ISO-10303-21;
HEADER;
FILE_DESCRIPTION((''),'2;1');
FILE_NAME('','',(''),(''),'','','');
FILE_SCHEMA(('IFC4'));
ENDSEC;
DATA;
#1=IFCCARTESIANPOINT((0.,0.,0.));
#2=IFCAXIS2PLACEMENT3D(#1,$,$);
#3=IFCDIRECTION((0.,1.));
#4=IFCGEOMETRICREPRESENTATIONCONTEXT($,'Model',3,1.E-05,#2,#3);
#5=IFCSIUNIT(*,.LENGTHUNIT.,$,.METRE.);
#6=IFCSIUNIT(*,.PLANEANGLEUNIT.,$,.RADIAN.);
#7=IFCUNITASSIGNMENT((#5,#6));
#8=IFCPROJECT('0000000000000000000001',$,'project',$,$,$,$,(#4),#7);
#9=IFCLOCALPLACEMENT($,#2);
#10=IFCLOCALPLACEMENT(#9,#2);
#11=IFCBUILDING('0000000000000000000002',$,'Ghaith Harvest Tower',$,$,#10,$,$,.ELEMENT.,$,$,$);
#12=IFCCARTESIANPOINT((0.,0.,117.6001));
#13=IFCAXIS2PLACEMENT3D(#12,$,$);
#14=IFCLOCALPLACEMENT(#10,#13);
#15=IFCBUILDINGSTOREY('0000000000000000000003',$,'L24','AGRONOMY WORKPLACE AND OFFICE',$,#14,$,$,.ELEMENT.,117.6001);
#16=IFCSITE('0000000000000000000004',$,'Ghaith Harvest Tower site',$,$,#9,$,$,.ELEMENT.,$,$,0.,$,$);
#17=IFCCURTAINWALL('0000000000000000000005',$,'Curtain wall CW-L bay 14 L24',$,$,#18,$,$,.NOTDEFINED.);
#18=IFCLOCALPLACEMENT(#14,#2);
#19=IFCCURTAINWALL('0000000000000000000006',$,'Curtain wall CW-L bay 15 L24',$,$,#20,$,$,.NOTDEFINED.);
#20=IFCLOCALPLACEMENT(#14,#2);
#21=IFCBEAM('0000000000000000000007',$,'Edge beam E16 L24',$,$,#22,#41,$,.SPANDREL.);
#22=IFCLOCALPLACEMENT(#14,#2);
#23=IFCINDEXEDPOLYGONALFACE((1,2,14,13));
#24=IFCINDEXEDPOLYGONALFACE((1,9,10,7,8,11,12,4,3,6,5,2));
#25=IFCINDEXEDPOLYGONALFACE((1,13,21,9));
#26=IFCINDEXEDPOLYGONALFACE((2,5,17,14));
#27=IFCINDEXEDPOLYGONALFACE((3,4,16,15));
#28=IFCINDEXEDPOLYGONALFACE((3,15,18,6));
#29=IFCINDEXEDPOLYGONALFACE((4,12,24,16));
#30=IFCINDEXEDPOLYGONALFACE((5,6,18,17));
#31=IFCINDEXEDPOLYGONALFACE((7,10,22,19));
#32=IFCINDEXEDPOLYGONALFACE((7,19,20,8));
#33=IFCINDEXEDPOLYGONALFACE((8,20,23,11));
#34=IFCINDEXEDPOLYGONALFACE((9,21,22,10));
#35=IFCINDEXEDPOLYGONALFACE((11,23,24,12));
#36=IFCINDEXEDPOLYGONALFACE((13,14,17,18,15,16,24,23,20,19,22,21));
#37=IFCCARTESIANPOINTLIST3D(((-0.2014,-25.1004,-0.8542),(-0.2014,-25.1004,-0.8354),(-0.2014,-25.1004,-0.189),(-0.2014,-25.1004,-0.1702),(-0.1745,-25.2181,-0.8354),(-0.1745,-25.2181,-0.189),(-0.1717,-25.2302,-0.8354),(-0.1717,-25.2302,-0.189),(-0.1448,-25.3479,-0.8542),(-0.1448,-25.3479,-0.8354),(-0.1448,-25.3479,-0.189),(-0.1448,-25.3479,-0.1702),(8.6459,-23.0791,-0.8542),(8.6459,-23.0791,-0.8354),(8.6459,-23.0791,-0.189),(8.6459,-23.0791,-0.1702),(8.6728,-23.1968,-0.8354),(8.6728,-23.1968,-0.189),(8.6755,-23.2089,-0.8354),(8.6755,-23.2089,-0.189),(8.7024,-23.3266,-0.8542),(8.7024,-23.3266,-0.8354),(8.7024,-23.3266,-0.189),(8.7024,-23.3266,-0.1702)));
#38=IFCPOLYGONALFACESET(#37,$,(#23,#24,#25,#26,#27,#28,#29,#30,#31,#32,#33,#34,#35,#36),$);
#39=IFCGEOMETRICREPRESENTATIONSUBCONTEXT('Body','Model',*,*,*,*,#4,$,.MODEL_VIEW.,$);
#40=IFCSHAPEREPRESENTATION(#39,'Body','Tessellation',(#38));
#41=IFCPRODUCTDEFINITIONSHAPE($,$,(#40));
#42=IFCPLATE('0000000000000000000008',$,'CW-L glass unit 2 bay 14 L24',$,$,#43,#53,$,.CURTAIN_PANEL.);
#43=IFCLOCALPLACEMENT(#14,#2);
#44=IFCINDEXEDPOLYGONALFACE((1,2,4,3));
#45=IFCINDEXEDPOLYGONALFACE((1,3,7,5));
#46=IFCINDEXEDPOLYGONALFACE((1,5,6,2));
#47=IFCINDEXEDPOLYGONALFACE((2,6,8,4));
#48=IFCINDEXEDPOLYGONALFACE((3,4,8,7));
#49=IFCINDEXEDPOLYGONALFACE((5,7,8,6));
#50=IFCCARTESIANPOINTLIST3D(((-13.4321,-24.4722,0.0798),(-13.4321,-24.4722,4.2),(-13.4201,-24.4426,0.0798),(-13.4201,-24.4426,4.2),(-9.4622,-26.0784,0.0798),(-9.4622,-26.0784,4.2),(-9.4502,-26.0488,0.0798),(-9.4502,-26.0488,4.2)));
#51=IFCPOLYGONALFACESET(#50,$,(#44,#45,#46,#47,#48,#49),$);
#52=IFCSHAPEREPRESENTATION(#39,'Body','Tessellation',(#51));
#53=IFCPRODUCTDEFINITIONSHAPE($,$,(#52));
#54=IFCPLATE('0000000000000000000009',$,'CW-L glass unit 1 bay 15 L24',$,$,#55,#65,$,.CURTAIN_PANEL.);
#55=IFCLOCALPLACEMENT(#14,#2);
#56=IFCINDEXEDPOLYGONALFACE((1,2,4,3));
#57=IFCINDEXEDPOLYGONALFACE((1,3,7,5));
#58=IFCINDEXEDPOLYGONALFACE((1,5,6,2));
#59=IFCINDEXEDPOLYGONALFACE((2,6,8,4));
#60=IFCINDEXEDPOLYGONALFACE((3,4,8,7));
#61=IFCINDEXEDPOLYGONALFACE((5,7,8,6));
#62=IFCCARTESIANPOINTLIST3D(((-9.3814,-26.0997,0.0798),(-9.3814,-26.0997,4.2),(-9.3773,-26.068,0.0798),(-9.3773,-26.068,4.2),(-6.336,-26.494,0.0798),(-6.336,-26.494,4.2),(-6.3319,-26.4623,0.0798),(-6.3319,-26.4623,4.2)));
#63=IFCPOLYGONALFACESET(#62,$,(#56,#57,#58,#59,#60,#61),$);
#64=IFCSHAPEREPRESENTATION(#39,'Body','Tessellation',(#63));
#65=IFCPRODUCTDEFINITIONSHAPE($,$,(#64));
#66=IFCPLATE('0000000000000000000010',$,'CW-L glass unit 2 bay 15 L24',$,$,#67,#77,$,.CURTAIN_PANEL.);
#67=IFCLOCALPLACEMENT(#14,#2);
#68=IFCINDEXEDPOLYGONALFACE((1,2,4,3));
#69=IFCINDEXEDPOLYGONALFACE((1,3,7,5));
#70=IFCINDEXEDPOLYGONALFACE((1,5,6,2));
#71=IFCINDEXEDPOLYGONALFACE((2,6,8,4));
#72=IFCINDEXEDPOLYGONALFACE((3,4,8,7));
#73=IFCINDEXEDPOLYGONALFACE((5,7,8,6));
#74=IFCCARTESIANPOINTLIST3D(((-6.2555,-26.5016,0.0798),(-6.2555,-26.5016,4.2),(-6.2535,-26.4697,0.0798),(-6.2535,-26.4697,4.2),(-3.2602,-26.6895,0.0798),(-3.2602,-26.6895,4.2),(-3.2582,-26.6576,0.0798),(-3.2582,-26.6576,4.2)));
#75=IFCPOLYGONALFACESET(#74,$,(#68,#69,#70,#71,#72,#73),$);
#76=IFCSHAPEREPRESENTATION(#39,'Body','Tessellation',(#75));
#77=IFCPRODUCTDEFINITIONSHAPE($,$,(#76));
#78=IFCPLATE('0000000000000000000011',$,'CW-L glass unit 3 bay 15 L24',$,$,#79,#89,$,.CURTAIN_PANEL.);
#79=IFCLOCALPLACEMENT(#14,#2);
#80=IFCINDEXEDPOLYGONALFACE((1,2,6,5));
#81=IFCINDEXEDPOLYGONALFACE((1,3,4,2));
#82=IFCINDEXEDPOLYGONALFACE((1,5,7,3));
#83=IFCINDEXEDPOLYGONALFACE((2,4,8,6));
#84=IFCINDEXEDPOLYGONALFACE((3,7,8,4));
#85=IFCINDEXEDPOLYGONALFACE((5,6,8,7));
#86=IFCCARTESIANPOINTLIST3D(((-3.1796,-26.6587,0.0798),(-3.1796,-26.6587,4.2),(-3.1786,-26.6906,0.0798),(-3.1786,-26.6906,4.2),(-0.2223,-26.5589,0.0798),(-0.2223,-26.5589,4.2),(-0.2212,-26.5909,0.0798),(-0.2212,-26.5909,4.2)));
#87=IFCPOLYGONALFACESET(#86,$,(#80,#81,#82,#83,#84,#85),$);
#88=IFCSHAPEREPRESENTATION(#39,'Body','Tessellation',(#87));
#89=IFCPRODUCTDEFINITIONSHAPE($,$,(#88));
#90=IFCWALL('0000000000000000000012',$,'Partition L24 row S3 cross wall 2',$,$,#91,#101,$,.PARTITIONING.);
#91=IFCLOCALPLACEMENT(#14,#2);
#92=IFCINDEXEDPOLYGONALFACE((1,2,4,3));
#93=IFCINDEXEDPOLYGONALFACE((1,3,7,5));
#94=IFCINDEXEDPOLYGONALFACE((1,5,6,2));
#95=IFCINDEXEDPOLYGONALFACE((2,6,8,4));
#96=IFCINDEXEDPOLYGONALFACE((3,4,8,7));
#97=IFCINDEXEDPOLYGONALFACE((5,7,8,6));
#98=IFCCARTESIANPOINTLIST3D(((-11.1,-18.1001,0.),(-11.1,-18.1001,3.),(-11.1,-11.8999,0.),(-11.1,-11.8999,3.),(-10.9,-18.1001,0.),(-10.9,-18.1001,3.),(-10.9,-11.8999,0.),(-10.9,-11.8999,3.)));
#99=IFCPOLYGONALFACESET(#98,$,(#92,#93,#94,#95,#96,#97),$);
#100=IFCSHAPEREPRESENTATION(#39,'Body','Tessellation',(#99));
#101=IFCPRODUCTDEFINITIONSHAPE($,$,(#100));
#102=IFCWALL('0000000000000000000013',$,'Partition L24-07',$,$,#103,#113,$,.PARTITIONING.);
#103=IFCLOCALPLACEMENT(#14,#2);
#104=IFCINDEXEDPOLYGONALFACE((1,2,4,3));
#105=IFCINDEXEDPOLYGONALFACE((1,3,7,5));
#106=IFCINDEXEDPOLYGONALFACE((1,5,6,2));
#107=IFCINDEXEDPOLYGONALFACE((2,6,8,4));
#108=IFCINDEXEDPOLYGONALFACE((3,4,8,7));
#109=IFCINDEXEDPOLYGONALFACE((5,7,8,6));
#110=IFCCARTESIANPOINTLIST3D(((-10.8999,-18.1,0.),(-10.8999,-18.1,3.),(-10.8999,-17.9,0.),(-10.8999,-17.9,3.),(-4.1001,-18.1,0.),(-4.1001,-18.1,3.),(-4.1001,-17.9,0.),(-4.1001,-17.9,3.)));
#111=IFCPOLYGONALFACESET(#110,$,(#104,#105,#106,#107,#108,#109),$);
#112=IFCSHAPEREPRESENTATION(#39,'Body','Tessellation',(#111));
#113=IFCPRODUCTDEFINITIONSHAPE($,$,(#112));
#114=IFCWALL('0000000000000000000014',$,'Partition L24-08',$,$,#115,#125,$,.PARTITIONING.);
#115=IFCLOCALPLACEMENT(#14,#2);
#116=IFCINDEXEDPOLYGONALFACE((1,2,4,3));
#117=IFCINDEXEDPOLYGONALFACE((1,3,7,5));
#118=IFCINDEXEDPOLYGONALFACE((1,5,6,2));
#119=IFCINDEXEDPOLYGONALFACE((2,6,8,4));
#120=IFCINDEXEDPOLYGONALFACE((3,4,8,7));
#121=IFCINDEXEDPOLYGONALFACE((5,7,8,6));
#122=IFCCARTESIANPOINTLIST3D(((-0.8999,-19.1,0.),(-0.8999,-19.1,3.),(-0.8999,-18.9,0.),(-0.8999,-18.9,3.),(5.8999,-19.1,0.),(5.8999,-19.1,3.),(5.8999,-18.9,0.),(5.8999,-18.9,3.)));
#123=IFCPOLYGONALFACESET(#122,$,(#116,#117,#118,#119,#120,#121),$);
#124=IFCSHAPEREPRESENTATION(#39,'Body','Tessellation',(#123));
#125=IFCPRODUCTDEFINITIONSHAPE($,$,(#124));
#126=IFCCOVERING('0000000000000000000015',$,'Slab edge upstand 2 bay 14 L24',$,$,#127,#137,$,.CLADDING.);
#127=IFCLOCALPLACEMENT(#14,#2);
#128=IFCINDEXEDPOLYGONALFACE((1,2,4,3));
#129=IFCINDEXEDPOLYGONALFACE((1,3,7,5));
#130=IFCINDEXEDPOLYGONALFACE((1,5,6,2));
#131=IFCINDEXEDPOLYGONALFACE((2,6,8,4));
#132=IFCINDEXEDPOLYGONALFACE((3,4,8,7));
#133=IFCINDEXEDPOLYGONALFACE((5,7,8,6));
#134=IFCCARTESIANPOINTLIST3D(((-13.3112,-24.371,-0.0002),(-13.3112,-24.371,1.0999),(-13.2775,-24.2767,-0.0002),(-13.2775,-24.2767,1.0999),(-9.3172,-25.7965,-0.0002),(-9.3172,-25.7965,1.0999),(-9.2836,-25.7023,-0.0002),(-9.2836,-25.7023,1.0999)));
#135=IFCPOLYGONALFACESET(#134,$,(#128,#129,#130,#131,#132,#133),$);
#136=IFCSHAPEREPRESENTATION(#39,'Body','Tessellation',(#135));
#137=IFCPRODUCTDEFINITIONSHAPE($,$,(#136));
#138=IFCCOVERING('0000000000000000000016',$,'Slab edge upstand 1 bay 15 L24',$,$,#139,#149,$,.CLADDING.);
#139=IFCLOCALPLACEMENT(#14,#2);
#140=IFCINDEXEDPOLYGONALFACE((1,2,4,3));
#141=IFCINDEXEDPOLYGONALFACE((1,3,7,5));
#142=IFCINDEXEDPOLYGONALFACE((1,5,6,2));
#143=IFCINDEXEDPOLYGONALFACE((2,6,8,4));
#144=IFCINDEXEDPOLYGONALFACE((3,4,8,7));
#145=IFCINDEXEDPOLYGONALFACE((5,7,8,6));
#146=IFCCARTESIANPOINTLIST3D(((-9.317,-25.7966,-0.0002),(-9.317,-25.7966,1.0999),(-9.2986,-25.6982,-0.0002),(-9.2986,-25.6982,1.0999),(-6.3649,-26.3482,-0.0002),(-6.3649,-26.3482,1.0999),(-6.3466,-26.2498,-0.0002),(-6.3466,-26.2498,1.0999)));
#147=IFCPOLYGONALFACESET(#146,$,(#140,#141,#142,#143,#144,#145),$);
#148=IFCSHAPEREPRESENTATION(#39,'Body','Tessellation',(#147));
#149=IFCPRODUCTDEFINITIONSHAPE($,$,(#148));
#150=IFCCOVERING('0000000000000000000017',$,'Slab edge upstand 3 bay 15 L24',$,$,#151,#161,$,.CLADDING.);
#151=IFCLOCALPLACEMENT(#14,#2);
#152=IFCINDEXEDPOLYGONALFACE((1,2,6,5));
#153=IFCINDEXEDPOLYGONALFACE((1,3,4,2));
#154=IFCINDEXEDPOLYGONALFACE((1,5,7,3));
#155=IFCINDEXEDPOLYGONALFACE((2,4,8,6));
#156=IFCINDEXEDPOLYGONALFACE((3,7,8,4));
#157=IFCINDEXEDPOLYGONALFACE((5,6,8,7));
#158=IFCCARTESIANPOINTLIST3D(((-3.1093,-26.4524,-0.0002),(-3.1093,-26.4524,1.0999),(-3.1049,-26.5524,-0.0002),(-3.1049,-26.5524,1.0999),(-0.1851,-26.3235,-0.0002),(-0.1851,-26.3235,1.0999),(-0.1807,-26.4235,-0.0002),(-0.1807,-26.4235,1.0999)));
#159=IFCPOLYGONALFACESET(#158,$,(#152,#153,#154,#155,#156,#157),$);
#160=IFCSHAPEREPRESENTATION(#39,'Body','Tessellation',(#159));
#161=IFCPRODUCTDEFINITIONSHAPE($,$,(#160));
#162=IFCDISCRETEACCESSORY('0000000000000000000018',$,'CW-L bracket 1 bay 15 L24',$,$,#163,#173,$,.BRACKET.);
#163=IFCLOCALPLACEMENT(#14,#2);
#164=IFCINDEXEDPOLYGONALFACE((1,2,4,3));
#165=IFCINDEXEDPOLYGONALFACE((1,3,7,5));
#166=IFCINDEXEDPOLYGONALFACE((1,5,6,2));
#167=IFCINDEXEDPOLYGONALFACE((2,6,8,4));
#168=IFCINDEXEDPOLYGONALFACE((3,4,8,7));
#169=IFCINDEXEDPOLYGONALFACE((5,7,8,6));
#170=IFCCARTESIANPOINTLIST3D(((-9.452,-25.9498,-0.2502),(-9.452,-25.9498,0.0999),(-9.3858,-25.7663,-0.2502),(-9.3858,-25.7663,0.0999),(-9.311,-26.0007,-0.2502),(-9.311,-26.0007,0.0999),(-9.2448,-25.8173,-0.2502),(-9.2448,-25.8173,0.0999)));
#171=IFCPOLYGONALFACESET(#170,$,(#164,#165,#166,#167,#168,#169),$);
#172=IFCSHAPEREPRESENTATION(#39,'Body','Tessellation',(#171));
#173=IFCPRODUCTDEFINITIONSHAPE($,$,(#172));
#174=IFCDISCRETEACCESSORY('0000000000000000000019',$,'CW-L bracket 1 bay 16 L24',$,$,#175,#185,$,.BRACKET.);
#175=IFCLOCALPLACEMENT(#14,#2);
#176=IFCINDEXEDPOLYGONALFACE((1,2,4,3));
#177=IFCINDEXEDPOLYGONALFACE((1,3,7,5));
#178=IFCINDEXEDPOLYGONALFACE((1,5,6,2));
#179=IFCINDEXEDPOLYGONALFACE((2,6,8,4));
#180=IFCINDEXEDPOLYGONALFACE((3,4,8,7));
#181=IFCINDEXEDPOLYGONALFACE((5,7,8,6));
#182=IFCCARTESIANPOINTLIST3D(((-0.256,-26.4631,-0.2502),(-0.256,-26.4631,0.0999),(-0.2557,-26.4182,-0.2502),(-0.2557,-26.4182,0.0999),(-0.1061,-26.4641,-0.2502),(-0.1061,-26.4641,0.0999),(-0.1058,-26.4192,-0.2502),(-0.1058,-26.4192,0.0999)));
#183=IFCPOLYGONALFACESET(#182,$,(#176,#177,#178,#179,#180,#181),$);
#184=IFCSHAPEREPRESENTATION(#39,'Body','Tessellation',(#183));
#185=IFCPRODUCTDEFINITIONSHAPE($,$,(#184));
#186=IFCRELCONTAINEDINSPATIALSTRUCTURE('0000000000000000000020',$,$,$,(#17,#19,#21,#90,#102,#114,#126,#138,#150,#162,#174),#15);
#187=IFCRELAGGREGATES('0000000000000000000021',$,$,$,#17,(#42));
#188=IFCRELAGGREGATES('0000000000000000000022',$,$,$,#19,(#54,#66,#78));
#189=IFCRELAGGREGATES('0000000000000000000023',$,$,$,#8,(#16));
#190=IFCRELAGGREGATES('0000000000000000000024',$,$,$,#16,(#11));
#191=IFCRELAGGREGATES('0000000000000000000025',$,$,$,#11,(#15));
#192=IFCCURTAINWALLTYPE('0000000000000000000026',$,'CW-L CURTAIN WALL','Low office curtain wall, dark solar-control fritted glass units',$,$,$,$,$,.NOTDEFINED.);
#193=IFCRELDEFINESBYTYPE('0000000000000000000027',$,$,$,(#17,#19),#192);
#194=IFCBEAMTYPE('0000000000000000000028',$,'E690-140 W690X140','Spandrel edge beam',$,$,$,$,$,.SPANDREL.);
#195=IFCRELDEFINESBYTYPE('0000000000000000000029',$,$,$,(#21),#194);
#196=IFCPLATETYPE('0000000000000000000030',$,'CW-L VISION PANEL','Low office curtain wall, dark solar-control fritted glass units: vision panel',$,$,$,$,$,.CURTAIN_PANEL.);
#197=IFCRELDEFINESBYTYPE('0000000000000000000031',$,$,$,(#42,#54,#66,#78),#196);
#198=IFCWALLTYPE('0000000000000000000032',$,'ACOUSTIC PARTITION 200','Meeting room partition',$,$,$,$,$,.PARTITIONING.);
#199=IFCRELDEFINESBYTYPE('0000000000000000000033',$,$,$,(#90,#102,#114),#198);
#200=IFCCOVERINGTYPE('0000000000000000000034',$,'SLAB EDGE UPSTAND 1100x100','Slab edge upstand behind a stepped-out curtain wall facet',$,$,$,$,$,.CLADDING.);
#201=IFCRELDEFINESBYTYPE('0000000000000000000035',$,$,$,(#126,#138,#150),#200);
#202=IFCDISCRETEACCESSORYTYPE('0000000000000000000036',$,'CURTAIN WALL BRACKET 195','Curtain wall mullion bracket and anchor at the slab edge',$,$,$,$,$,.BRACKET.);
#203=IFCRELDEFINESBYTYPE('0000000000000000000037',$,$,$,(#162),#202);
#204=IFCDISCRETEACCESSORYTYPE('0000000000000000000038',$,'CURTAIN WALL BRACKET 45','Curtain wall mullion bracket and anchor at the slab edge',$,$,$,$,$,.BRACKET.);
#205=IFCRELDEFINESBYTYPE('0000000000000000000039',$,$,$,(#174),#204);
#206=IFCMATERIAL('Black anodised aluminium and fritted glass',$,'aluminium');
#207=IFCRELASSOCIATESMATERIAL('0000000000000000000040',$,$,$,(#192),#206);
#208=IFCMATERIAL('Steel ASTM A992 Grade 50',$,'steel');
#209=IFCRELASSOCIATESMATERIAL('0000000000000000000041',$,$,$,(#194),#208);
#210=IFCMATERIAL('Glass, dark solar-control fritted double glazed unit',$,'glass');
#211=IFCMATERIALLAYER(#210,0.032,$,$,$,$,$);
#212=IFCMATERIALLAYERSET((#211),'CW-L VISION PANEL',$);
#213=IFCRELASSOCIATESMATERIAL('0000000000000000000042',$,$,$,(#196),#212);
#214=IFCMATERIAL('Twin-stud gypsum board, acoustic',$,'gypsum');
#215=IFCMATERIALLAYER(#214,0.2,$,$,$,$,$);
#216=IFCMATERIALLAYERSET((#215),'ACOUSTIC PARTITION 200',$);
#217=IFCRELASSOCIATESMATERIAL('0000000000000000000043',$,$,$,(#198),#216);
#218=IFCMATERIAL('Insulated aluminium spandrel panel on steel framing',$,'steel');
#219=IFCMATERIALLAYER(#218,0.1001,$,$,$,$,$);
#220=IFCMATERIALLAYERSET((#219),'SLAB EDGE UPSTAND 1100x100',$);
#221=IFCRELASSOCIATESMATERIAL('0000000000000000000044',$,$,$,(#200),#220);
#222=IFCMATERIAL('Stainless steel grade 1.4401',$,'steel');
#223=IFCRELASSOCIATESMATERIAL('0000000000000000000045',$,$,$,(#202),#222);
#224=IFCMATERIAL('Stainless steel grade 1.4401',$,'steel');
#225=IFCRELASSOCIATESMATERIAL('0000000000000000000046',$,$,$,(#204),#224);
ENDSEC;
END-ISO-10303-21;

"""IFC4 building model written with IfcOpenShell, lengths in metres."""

from ifc_helpers import new_model, si_unit, direction, frame, frame_2d, origin, origin_2d, place, context, subcontext, project, spatial, rectangle, i_section, extrude, material, layer, layer_set, material_profile, profile_set, type_object, element, aggregate, save


model = new_model("IFC4")

# Units and contexts
model_context = context("Model", 3, precision=1e-05, world=origin(), true_north=direction((0.0, 1.0)))
body_context = subcontext(model_context, "Body", "Model", "MODEL_VIEW")
ifc_project = project(units=[si_unit("LENGTHUNIT", "METRE"), si_unit("PLANEANGLEUNIT", "RADIAN")], contexts=[model_context])

# Site, building, storey
site_placement = place(None, origin())
site = spatial("IfcSite", under=ifc_project, at=site_placement, Name="Ghaith Harvest Tower site", CompositionType="ELEMENT", RefElevation=0.0)
building_placement = place(site_placement, origin())
building = spatial("IfcBuilding", under=site, at=building_placement, Name="Ghaith Harvest Tower", CompositionType="ELEMENT")
storey_placement = place(building_placement, frame((0.0, 0.0, 117.6001)))
storey = spatial("IfcBuildingStorey", under=building, at=storey_placement, Name="L24", Description="AGRONOMY WORKPLACE AND OFFICE", CompositionType="ELEMENT", Elevation=117.6001)

# Curtain wall
ifc_material_1 = material(Name="Black anodised aluminium and fritted glass", Category="aluminium")
curtain_wall_type = type_object("IfcCurtainWallType", Name="CW-L CURTAIN WALL", Description="Low office curtain wall, dark solar-control fritted glass units", PredefinedType="NOTDEFINED", material=ifc_material_1)
curtain_wall_1_placement = place(storey_placement, origin())
curtain_wall_1 = element("IfcCurtainWall", 1, at=curtain_wall_1_placement, inside=storey, type_object=curtain_wall_type, Name="Curtain wall CW-L bay 14 L24", PredefinedType="NOTDEFINED")

# Curtain wall
curtain_wall_2_placement = place(storey_placement, origin())
curtain_wall_2 = element("IfcCurtainWall", 2, at=curtain_wall_2_placement, inside=storey, type_object=curtain_wall_type, Name="Curtain wall CW-L bay 15 L24", PredefinedType="NOTDEFINED")

# Beam
ifc_material_2 = material(Name="Steel ASTM A992 Grade 50", Category="steel")
ifc_material_profile_1 = material_profile(ifc_material_2, i_section(OverallWidth=0.2539, OverallDepth=0.6841, WebThickness=0.0125, FlangeThickness=0.0188, at=origin_2d()), Name="W690X140")
ifc_profile_set_1 = profile_set([ifc_material_profile_1], Name="Steel ASTM A992 Grade 50")
beam_type = type_object("IfcBeamType", Name="E690-140 W690X140", Description="Spandrel edge beam", PredefinedType="SPANDREL", material=ifc_profile_set_1)
beam_1_placement = place(storey_placement, frame((-0.1731, -25.2241, -0.5122), z_axis=(0.974882, 0.222723, 0.0), x_axis=(-0.222723, 0.974882, 0.0)))
element("IfcBeam", 3, at=beam_1_placement, inside=storey, type_object=beam_type, Name="Edge beam E16 L24", PredefinedType="SPANDREL", context=body_context, shape_type="SweptSolid", body=[
    extrude(i_section(OverallWidth=0.2539, OverallDepth=0.6841, WebThickness=0.0125, FlangeThickness=0.0188, at=origin_2d()), origin(), (0.0, 0.0, 1.0), 9.0752),
])

# Plates
ifc_material_3 = material(Name="Glass, dark solar-control fritted double glazed unit", Category="glass")
ifc_layer_1 = layer(ifc_material_3, 0.032)
ifc_layer_set_1 = layer_set([ifc_layer_1], Name="CW-L VISION PANEL")
plate_type = type_object("IfcPlateType", Name="CW-L VISION PANEL", Description="Low office curtain wall, dark solar-control fritted glass units: vision panel", PredefinedType="CURTAIN_PANEL", material=ifc_layer_set_1)
plate_1_placement = place(storey_placement, frame((-11.4412, -25.2605, 0.0798), z_axis=(0.0, 0.0, 1.0), x_axis=(0.927003, -0.375055, 0.0)))
plate_1 = element("IfcPlate", 4, at=plate_1_placement, type_object=plate_type, Name="CW-L glass unit 2 bay 14 L24", PredefinedType="CURTAIN_PANEL", context=body_context, shape_type="SweptSolid", body=[
    extrude(rectangle(XDim=4.2825, YDim=0.032, at=origin_2d()), origin(), (0.0, 0.0, 1.0), 4.1201),
])
aggregate(curtain_wall_1, [plate_1])
plate_2_placement = place(storey_placement, frame((-7.8567, -26.281, 0.0798), z_axis=(0.0, 0.0, 1.0), x_axis=(0.991723, -0.128392, 0.0)))
plate_2 = element("IfcPlate", 5, at=plate_2_placement, type_object=plate_type, Name="CW-L glass unit 1 bay 15 L24", PredefinedType="CURTAIN_PANEL", context=body_context, shape_type="SweptSolid", body=[
    extrude(rectangle(XDim=3.0708, YDim=0.032, at=origin_2d()), origin(), (0.0, 0.0, 1.0), 4.1201),
])
plate_3_placement = place(storey_placement, frame((-4.7568, -26.5796, 0.0798), z_axis=(0.0, 0.0, 1.0), x_axis=(0.998038, -0.062607, 0.0)))
plate_3 = element("IfcPlate", 6, at=plate_3_placement, type_object=plate_type, Name="CW-L glass unit 2 bay 15 L24", PredefinedType="CURTAIN_PANEL", context=body_context, shape_type="SweptSolid", body=[
    extrude(rectangle(XDim=3.0012, YDim=0.032, at=origin_2d()), origin(), (0.0, 0.0, 1.0), 4.1201),
])
plate_4_placement = place(storey_placement, frame((-1.7004, -26.6248, 0.0798), z_axis=(0.0, 0.0, 1.0), x_axis=(0.999432, 0.033714, 0.0)))
plate_4 = element("IfcPlate", 7, at=plate_4_placement, type_object=plate_type, Name="CW-L glass unit 3 bay 15 L24", PredefinedType="CURTAIN_PANEL", context=body_context, shape_type="SweptSolid", body=[
    extrude(rectangle(XDim=2.959, YDim=0.032, at=origin_2d()), origin(), (0.0, 0.0, 1.0), 4.1201),
])
aggregate(curtain_wall_2, [plate_2, plate_3, plate_4])

# Wall
ifc_material_4 = material(Name="Twin-stud gypsum board, acoustic", Category="gypsum")
ifc_layer_2 = layer(ifc_material_4, 0.2)
ifc_layer_set_2 = layer_set([ifc_layer_2], Name="ACOUSTIC PARTITION 200")
wall_type_1 = type_object("IfcWallType", Name="ACOUSTIC PARTITION 200", Description="Meeting room partition", PredefinedType="PARTITIONING", material=ifc_layer_set_2)
wall_1_placement = place(storey_placement, frame((-11.0, -11.8999, 0.0), z_axis=(0.0, 0.0, 1.0), x_axis=(0.0, -1.0, 0.0)))
element("IfcWall", 8, at=wall_1_placement, inside=storey, type_object=wall_type_1, Name="Partition L24 row S3 cross wall 2", PredefinedType="PARTITIONING", context=body_context, shape_type="SweptSolid", body=[
    extrude(rectangle(XDim=6.2002, YDim=0.2, at=frame_2d((3.1001, 0.0))), origin(), (0.0, 0.0, 1.0), 3.0),
])

# Wall
wall_2_placement = place(storey_placement, frame((-10.8999, -18.0, 0.0), z_axis=(0.0, 0.0, 1.0), x_axis=(1.0, 0.0, 0.0)))
element("IfcWall", 9, at=wall_2_placement, inside=storey, type_object=wall_type_1, Name="Partition L24-07", PredefinedType="PARTITIONING", context=body_context, shape_type="SweptSolid", body=[
    extrude(rectangle(XDim=6.7998, YDim=0.2, at=frame_2d((3.3999, 0.0))), origin(), (0.0, 0.0, 1.0), 3.0),
])

# Wall
wall_3_placement = place(storey_placement, frame((-0.8999, -19.0, 0.0), z_axis=(0.0, 0.0, 1.0), x_axis=(1.0, 0.0, 0.0)))
element("IfcWall", 10, at=wall_3_placement, inside=storey, type_object=wall_type_1, Name="Partition L24-08", PredefinedType="PARTITIONING", context=body_context, shape_type="SweptSolid", body=[
    extrude(rectangle(XDim=6.7998, YDim=0.2, at=frame_2d((3.3999, 0.0))), origin(), (0.0, 0.0, 1.0), 3.0),
])

# Coverings
ifc_material_5 = material(Name="Insulated aluminium spandrel panel on steel framing", Category="steel")
ifc_layer_3 = layer(ifc_material_5, 0.1001)
ifc_layer_set_3 = layer_set([ifc_layer_3], Name="SLAB EDGE UPSTAND 1100x100")
covering_type = type_object("IfcCoveringType", Name="SLAB EDGE UPSTAND 1100x100", Description="Slab edge upstand behind a stepped-out curtain wall facet", PredefinedType="CLADDING", material=ifc_layer_set_3)
covering_1_placement = place(storey_placement, frame((-11.2974, -25.0366, -0.0002), z_axis=(0.0, 0.0, 1.0), x_axis=(0.941807, -0.336154, 0.0)))
element("IfcCovering", 11, at=covering_1_placement, inside=storey, type_object=covering_type, Name="Slab edge upstand 2 bay 14 L24", PredefinedType="CLADDING", context=body_context, shape_type="SweptSolid", body=[
    extrude(rectangle(XDim=4.2407, YDim=0.1001, at=origin_2d()), origin(), (0.0, 0.0, 1.0), 1.1001),
])
covering_2_placement = place(storey_placement, frame((-7.8318, -26.0232, -0.0002), z_axis=(0.0, 0.0, 1.0), x_axis=(0.98299, -0.183659, 0.0)))
element("IfcCovering", 12, at=covering_2_placement, inside=storey, type_object=covering_type, Name="Slab edge upstand 1 bay 15 L24", PredefinedType="CLADDING", context=body_context, shape_type="SweptSolid", body=[
    extrude(rectangle(XDim=3.0032, YDim=0.1001, at=origin_2d()), origin(), (0.0, 0.0, 1.0), 1.1001),
])
covering_3_placement = place(storey_placement, frame((-1.645, -26.438, -0.0002), z_axis=(0.0, 0.0, 1.0), x_axis=(0.99903, 0.044045, 0.0)))
element("IfcCovering", 13, at=covering_3_placement, inside=storey, type_object=covering_type, Name="Slab edge upstand 3 bay 15 L24", PredefinedType="CLADDING", context=body_context, shape_type="SweptSolid", body=[
    extrude(rectangle(XDim=2.927, YDim=0.1001, at=origin_2d()), origin(), (0.0, 0.0, 1.0), 1.1001),
])

# Discrete accessories
ifc_material_6 = material(Name="Stainless steel grade 1.4401", Category="steel")
discrete_accessory_type_1 = type_object("IfcDiscreteAccessoryType", Name="CURTAIN WALL BRACKET 195", Description="Curtain wall mullion bracket and anchor at the slab edge", PredefinedType="BRACKET", material=ifc_material_6)
discrete_accessory_1_placement = place(storey_placement, frame((-9.3484, -25.8835, -0.2502), z_axis=(0.0, 0.0, 1.0), x_axis=(-0.339699, -0.940534, 0.0)))
element("IfcDiscreteAccessory", 14, at=discrete_accessory_1_placement, inside=storey, type_object=discrete_accessory_type_1, Name="CW-L bracket 1 bay 15 L24", PredefinedType="BRACKET", context=body_context, shape_type="SweptSolid", body=[
    extrude(rectangle(XDim=0.1951, YDim=0.1499, at=origin_2d()), origin(), (0.0, 0.0, 1.0), 0.3501),
])
ifc_material_7 = material(Name="Stainless steel grade 1.4401", Category="steel")
discrete_accessory_type_2 = type_object("IfcDiscreteAccessoryType", Name="CURTAIN WALL BRACKET 45", Description="Curtain wall mullion bracket and anchor at the slab edge", PredefinedType="BRACKET", material=ifc_material_7)
discrete_accessory_2_placement = place(storey_placement, frame((-0.1809, -26.4412, -0.2502), z_axis=(0.0, 0.0, 1.0), x_axis=(-0.006844, -0.999977, 0.0)))
element("IfcDiscreteAccessory", 15, at=discrete_accessory_2_placement, inside=storey, type_object=discrete_accessory_type_2, Name="CW-L bracket 1 bay 16 L24", PredefinedType="BRACKET", context=body_context, shape_type="SweptSolid", body=[
    extrude(rectangle(XDim=0.0449, YDim=0.1499, at=origin_2d()), origin(), (0.0, 0.0, 1.0), 0.3501),
])

save(model, "model.ifc")
